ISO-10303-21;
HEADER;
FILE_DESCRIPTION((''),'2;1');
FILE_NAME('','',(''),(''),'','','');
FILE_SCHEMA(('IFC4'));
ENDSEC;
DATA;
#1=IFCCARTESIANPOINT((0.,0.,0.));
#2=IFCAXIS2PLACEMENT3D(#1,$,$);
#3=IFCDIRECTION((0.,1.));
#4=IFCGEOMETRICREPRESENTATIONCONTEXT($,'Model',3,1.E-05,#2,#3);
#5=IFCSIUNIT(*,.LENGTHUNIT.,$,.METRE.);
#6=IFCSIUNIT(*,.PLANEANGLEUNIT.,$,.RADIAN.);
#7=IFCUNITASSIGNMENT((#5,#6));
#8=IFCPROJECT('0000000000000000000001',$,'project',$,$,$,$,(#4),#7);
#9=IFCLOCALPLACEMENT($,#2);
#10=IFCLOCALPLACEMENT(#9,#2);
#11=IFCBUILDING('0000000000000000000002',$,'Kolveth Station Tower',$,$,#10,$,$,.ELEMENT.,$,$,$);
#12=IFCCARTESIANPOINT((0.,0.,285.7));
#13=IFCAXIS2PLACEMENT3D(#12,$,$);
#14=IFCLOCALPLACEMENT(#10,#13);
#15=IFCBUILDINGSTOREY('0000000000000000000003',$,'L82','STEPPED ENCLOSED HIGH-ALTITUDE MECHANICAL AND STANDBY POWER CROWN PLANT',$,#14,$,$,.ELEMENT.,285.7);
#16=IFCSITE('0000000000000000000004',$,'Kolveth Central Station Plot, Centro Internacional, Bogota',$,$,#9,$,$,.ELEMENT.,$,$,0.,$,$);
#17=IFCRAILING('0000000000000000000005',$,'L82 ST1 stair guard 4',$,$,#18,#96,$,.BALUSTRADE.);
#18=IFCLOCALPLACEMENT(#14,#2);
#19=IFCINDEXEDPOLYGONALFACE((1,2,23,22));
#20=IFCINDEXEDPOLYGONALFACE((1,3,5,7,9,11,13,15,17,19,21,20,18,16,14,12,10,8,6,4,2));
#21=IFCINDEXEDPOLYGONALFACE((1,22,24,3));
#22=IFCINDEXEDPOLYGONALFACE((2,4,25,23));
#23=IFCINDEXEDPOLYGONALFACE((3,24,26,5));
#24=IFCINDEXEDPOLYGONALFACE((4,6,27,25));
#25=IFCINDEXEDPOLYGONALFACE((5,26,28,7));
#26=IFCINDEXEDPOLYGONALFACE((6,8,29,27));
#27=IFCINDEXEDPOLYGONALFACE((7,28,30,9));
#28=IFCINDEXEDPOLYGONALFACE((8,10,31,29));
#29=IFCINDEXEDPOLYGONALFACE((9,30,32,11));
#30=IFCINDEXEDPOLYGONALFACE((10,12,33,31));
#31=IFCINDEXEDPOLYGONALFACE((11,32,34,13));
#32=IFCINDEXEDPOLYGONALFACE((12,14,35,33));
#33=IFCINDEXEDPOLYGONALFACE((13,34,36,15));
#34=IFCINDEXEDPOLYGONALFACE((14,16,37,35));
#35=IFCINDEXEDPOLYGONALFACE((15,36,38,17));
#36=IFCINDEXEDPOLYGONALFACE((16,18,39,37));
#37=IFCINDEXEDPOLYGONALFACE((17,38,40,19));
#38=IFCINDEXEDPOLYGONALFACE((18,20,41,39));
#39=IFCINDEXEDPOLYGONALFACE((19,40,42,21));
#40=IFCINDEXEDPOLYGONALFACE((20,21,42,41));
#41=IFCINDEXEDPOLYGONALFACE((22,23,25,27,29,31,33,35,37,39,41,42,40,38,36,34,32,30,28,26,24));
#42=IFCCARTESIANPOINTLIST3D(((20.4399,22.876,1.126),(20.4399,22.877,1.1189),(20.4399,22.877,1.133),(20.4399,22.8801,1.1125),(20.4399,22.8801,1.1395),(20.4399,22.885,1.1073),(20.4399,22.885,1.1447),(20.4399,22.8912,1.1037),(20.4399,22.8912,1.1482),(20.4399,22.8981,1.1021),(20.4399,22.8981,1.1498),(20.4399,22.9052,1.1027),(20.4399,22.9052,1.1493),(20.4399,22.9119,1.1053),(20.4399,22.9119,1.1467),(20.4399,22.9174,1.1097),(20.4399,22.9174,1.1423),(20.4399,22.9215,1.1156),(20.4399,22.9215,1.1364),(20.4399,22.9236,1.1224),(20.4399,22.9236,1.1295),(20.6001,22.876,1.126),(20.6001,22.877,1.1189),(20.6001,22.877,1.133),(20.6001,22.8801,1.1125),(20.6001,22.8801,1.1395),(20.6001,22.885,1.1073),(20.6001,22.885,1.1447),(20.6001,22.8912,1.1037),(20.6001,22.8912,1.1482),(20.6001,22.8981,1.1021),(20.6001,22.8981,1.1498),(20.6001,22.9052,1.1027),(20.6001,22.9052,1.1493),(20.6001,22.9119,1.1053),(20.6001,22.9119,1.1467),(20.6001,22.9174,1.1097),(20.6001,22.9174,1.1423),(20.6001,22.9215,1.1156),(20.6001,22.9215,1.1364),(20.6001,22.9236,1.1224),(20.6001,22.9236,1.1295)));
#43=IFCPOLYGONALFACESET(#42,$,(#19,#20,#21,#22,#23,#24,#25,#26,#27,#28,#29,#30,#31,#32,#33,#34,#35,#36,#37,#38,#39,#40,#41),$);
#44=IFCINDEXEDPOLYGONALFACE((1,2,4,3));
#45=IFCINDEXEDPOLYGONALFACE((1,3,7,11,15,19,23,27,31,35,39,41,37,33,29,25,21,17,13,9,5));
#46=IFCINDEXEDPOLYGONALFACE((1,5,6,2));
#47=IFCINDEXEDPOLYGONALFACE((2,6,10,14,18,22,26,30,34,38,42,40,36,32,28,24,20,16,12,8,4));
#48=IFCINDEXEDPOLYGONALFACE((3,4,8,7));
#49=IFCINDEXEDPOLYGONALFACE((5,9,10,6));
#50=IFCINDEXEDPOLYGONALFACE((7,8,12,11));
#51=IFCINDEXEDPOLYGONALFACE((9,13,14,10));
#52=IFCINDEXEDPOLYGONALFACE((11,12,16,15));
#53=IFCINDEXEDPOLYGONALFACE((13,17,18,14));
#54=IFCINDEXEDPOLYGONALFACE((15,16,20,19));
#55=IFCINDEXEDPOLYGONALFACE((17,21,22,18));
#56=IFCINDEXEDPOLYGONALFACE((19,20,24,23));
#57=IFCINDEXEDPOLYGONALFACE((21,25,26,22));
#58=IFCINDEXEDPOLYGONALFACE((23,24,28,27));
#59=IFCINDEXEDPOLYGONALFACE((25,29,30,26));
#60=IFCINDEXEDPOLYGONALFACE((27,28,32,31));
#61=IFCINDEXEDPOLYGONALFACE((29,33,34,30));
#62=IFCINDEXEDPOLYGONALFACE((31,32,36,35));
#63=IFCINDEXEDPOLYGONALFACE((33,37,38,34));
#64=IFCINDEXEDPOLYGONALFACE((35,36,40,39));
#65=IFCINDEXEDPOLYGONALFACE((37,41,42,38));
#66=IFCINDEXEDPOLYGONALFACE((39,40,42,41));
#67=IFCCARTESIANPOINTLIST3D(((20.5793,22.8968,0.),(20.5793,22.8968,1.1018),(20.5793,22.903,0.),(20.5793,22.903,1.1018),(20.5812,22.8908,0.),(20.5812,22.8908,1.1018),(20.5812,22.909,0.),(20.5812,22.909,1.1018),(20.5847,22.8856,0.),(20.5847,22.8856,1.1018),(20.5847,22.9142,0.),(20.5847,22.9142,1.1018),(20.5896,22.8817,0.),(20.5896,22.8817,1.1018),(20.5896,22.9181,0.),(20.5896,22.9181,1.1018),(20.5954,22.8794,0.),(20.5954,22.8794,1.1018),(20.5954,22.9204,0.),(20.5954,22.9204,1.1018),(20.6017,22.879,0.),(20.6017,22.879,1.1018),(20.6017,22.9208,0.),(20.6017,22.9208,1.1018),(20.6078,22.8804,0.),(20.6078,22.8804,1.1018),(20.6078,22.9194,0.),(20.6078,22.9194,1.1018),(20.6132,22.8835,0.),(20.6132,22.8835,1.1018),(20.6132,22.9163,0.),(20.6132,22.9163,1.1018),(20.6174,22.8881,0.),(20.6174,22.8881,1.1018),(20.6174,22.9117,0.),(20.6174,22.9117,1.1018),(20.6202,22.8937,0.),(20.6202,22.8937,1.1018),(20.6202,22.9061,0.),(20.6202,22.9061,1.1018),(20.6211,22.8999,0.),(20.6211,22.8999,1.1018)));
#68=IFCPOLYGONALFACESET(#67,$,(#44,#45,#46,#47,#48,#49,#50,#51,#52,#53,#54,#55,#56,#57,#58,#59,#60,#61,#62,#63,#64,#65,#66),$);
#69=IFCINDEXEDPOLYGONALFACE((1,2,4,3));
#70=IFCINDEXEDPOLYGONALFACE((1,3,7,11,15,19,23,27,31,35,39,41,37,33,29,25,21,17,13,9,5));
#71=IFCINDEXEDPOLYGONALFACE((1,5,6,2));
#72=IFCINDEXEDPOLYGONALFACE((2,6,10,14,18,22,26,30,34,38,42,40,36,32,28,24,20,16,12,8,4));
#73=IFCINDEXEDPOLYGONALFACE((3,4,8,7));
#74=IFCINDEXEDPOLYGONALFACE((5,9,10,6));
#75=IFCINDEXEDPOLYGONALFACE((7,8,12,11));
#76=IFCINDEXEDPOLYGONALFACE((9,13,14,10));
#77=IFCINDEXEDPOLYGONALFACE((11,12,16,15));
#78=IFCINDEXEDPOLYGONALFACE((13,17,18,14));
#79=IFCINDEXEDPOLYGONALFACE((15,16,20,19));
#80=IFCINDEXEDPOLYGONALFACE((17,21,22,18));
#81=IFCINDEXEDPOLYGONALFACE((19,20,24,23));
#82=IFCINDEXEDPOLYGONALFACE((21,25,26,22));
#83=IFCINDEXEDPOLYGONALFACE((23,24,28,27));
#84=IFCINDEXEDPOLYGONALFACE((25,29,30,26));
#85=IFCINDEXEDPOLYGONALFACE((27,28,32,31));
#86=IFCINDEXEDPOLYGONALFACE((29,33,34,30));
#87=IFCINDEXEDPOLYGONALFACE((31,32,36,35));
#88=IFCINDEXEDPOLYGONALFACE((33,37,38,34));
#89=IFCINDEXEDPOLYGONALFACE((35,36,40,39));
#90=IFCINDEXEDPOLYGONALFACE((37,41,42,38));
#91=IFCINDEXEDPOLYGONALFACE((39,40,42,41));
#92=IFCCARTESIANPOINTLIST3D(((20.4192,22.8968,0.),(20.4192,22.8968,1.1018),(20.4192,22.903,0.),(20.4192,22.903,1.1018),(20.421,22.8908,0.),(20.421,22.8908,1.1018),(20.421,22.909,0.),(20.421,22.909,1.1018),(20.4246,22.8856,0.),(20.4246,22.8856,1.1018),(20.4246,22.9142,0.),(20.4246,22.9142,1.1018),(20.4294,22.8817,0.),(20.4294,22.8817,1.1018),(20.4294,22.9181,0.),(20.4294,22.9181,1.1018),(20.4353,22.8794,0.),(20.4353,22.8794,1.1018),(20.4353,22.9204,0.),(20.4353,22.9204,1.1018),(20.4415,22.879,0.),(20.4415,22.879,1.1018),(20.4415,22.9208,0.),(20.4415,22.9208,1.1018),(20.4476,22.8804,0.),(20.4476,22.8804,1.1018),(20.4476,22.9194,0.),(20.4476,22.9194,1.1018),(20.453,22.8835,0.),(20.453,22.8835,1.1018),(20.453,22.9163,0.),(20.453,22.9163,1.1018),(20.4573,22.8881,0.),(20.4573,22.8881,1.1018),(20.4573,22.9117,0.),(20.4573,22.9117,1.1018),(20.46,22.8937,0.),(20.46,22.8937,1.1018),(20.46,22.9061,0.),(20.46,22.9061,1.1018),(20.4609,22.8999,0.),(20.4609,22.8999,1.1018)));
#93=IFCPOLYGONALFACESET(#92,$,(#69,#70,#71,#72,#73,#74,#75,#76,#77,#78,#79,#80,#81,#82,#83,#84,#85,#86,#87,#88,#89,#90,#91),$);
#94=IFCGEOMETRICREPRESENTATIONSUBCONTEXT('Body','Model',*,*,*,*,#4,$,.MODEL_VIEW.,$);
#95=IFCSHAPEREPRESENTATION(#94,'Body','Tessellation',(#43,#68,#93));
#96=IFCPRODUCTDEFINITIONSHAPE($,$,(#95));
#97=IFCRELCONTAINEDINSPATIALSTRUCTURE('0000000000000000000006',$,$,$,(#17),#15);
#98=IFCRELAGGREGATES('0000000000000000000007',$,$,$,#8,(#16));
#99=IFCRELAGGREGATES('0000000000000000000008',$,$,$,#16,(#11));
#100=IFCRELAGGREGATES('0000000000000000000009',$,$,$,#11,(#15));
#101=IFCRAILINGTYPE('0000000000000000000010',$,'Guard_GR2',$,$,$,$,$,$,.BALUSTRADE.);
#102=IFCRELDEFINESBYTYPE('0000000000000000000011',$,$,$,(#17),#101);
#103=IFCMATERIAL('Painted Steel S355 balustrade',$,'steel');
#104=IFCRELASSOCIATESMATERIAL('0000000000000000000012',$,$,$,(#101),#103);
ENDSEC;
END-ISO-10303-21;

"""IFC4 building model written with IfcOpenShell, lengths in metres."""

from ifc_helpers import new_model, si_unit, direction, frame, origin, origin_2d, place, context, subcontext, project, spatial, circle, extrude, material, type_object, element, save


model = new_model("IFC4")

# Units and contexts
model_context = context("Model", 3, precision=1e-05, world=origin(), true_north=direction((0.0, 1.0)))
body_context = subcontext(model_context, "Body", "Model", "MODEL_VIEW")
ifc_project = project(units=[si_unit("LENGTHUNIT", "METRE"), si_unit("PLANEANGLEUNIT", "RADIAN")], contexts=[model_context])

# Site, building, storey
site_placement = place(None, origin())
site = spatial("IfcSite", under=ifc_project, at=site_placement, Name="Kolveth Central Station Plot, Centro Internacional, Bogota", CompositionType="ELEMENT", RefElevation=0.0)
building_placement = place(site_placement, origin())
building = spatial("IfcBuilding", under=site, at=building_placement, Name="Kolveth Station Tower", CompositionType="ELEMENT")
storey_placement = place(building_placement, frame((0.0, 0.0, 285.7)))
storey = spatial("IfcBuildingStorey", under=building, at=storey_placement, Name="L82", Description="STEPPED ENCLOSED HIGH-ALTITUDE MECHANICAL AND STANDBY POWER CROWN PLANT", CompositionType="ELEMENT", Elevation=285.7)

# Railing
ifc_material_1 = material(Name="Painted Steel S355 balustrade", Category="steel")
railing_type_1 = type_object("IfcRailingType", Name="Guard_GR2", PredefinedType="BALUSTRADE", material=ifc_material_1)
railing_1_placement = place(storey_placement, frame((20.6001, 22.8999, 0.0)))
element("IfcRailing", 1, at=railing_1_placement, inside=storey, type_object=railing_type_1, Name="L82 ST1 stair guard 4", PredefinedType="BALUSTRADE", context=body_context, shape_type="SweptSolid", body=[
    extrude(circle(Radius=0.0239, at=origin_2d()), frame((0.0, 0.0, 1.126), z_axis=(-1.0, 0.0, 0.0), x_axis=(0.0, -1.0, 0.0)), (0.0, 0.0, 1.0), 0.1602),
    extrude(circle(Radius=0.021, at=origin_2d()), origin(), (0.0, 0.0, 1.0), 1.1018),
    extrude(circle(Radius=0.021, at=origin_2d()), frame((-0.1602, 0.0, 0.0)), (0.0, 0.0, 1.0), 1.1018),
])

save(model, "model.ifc")
